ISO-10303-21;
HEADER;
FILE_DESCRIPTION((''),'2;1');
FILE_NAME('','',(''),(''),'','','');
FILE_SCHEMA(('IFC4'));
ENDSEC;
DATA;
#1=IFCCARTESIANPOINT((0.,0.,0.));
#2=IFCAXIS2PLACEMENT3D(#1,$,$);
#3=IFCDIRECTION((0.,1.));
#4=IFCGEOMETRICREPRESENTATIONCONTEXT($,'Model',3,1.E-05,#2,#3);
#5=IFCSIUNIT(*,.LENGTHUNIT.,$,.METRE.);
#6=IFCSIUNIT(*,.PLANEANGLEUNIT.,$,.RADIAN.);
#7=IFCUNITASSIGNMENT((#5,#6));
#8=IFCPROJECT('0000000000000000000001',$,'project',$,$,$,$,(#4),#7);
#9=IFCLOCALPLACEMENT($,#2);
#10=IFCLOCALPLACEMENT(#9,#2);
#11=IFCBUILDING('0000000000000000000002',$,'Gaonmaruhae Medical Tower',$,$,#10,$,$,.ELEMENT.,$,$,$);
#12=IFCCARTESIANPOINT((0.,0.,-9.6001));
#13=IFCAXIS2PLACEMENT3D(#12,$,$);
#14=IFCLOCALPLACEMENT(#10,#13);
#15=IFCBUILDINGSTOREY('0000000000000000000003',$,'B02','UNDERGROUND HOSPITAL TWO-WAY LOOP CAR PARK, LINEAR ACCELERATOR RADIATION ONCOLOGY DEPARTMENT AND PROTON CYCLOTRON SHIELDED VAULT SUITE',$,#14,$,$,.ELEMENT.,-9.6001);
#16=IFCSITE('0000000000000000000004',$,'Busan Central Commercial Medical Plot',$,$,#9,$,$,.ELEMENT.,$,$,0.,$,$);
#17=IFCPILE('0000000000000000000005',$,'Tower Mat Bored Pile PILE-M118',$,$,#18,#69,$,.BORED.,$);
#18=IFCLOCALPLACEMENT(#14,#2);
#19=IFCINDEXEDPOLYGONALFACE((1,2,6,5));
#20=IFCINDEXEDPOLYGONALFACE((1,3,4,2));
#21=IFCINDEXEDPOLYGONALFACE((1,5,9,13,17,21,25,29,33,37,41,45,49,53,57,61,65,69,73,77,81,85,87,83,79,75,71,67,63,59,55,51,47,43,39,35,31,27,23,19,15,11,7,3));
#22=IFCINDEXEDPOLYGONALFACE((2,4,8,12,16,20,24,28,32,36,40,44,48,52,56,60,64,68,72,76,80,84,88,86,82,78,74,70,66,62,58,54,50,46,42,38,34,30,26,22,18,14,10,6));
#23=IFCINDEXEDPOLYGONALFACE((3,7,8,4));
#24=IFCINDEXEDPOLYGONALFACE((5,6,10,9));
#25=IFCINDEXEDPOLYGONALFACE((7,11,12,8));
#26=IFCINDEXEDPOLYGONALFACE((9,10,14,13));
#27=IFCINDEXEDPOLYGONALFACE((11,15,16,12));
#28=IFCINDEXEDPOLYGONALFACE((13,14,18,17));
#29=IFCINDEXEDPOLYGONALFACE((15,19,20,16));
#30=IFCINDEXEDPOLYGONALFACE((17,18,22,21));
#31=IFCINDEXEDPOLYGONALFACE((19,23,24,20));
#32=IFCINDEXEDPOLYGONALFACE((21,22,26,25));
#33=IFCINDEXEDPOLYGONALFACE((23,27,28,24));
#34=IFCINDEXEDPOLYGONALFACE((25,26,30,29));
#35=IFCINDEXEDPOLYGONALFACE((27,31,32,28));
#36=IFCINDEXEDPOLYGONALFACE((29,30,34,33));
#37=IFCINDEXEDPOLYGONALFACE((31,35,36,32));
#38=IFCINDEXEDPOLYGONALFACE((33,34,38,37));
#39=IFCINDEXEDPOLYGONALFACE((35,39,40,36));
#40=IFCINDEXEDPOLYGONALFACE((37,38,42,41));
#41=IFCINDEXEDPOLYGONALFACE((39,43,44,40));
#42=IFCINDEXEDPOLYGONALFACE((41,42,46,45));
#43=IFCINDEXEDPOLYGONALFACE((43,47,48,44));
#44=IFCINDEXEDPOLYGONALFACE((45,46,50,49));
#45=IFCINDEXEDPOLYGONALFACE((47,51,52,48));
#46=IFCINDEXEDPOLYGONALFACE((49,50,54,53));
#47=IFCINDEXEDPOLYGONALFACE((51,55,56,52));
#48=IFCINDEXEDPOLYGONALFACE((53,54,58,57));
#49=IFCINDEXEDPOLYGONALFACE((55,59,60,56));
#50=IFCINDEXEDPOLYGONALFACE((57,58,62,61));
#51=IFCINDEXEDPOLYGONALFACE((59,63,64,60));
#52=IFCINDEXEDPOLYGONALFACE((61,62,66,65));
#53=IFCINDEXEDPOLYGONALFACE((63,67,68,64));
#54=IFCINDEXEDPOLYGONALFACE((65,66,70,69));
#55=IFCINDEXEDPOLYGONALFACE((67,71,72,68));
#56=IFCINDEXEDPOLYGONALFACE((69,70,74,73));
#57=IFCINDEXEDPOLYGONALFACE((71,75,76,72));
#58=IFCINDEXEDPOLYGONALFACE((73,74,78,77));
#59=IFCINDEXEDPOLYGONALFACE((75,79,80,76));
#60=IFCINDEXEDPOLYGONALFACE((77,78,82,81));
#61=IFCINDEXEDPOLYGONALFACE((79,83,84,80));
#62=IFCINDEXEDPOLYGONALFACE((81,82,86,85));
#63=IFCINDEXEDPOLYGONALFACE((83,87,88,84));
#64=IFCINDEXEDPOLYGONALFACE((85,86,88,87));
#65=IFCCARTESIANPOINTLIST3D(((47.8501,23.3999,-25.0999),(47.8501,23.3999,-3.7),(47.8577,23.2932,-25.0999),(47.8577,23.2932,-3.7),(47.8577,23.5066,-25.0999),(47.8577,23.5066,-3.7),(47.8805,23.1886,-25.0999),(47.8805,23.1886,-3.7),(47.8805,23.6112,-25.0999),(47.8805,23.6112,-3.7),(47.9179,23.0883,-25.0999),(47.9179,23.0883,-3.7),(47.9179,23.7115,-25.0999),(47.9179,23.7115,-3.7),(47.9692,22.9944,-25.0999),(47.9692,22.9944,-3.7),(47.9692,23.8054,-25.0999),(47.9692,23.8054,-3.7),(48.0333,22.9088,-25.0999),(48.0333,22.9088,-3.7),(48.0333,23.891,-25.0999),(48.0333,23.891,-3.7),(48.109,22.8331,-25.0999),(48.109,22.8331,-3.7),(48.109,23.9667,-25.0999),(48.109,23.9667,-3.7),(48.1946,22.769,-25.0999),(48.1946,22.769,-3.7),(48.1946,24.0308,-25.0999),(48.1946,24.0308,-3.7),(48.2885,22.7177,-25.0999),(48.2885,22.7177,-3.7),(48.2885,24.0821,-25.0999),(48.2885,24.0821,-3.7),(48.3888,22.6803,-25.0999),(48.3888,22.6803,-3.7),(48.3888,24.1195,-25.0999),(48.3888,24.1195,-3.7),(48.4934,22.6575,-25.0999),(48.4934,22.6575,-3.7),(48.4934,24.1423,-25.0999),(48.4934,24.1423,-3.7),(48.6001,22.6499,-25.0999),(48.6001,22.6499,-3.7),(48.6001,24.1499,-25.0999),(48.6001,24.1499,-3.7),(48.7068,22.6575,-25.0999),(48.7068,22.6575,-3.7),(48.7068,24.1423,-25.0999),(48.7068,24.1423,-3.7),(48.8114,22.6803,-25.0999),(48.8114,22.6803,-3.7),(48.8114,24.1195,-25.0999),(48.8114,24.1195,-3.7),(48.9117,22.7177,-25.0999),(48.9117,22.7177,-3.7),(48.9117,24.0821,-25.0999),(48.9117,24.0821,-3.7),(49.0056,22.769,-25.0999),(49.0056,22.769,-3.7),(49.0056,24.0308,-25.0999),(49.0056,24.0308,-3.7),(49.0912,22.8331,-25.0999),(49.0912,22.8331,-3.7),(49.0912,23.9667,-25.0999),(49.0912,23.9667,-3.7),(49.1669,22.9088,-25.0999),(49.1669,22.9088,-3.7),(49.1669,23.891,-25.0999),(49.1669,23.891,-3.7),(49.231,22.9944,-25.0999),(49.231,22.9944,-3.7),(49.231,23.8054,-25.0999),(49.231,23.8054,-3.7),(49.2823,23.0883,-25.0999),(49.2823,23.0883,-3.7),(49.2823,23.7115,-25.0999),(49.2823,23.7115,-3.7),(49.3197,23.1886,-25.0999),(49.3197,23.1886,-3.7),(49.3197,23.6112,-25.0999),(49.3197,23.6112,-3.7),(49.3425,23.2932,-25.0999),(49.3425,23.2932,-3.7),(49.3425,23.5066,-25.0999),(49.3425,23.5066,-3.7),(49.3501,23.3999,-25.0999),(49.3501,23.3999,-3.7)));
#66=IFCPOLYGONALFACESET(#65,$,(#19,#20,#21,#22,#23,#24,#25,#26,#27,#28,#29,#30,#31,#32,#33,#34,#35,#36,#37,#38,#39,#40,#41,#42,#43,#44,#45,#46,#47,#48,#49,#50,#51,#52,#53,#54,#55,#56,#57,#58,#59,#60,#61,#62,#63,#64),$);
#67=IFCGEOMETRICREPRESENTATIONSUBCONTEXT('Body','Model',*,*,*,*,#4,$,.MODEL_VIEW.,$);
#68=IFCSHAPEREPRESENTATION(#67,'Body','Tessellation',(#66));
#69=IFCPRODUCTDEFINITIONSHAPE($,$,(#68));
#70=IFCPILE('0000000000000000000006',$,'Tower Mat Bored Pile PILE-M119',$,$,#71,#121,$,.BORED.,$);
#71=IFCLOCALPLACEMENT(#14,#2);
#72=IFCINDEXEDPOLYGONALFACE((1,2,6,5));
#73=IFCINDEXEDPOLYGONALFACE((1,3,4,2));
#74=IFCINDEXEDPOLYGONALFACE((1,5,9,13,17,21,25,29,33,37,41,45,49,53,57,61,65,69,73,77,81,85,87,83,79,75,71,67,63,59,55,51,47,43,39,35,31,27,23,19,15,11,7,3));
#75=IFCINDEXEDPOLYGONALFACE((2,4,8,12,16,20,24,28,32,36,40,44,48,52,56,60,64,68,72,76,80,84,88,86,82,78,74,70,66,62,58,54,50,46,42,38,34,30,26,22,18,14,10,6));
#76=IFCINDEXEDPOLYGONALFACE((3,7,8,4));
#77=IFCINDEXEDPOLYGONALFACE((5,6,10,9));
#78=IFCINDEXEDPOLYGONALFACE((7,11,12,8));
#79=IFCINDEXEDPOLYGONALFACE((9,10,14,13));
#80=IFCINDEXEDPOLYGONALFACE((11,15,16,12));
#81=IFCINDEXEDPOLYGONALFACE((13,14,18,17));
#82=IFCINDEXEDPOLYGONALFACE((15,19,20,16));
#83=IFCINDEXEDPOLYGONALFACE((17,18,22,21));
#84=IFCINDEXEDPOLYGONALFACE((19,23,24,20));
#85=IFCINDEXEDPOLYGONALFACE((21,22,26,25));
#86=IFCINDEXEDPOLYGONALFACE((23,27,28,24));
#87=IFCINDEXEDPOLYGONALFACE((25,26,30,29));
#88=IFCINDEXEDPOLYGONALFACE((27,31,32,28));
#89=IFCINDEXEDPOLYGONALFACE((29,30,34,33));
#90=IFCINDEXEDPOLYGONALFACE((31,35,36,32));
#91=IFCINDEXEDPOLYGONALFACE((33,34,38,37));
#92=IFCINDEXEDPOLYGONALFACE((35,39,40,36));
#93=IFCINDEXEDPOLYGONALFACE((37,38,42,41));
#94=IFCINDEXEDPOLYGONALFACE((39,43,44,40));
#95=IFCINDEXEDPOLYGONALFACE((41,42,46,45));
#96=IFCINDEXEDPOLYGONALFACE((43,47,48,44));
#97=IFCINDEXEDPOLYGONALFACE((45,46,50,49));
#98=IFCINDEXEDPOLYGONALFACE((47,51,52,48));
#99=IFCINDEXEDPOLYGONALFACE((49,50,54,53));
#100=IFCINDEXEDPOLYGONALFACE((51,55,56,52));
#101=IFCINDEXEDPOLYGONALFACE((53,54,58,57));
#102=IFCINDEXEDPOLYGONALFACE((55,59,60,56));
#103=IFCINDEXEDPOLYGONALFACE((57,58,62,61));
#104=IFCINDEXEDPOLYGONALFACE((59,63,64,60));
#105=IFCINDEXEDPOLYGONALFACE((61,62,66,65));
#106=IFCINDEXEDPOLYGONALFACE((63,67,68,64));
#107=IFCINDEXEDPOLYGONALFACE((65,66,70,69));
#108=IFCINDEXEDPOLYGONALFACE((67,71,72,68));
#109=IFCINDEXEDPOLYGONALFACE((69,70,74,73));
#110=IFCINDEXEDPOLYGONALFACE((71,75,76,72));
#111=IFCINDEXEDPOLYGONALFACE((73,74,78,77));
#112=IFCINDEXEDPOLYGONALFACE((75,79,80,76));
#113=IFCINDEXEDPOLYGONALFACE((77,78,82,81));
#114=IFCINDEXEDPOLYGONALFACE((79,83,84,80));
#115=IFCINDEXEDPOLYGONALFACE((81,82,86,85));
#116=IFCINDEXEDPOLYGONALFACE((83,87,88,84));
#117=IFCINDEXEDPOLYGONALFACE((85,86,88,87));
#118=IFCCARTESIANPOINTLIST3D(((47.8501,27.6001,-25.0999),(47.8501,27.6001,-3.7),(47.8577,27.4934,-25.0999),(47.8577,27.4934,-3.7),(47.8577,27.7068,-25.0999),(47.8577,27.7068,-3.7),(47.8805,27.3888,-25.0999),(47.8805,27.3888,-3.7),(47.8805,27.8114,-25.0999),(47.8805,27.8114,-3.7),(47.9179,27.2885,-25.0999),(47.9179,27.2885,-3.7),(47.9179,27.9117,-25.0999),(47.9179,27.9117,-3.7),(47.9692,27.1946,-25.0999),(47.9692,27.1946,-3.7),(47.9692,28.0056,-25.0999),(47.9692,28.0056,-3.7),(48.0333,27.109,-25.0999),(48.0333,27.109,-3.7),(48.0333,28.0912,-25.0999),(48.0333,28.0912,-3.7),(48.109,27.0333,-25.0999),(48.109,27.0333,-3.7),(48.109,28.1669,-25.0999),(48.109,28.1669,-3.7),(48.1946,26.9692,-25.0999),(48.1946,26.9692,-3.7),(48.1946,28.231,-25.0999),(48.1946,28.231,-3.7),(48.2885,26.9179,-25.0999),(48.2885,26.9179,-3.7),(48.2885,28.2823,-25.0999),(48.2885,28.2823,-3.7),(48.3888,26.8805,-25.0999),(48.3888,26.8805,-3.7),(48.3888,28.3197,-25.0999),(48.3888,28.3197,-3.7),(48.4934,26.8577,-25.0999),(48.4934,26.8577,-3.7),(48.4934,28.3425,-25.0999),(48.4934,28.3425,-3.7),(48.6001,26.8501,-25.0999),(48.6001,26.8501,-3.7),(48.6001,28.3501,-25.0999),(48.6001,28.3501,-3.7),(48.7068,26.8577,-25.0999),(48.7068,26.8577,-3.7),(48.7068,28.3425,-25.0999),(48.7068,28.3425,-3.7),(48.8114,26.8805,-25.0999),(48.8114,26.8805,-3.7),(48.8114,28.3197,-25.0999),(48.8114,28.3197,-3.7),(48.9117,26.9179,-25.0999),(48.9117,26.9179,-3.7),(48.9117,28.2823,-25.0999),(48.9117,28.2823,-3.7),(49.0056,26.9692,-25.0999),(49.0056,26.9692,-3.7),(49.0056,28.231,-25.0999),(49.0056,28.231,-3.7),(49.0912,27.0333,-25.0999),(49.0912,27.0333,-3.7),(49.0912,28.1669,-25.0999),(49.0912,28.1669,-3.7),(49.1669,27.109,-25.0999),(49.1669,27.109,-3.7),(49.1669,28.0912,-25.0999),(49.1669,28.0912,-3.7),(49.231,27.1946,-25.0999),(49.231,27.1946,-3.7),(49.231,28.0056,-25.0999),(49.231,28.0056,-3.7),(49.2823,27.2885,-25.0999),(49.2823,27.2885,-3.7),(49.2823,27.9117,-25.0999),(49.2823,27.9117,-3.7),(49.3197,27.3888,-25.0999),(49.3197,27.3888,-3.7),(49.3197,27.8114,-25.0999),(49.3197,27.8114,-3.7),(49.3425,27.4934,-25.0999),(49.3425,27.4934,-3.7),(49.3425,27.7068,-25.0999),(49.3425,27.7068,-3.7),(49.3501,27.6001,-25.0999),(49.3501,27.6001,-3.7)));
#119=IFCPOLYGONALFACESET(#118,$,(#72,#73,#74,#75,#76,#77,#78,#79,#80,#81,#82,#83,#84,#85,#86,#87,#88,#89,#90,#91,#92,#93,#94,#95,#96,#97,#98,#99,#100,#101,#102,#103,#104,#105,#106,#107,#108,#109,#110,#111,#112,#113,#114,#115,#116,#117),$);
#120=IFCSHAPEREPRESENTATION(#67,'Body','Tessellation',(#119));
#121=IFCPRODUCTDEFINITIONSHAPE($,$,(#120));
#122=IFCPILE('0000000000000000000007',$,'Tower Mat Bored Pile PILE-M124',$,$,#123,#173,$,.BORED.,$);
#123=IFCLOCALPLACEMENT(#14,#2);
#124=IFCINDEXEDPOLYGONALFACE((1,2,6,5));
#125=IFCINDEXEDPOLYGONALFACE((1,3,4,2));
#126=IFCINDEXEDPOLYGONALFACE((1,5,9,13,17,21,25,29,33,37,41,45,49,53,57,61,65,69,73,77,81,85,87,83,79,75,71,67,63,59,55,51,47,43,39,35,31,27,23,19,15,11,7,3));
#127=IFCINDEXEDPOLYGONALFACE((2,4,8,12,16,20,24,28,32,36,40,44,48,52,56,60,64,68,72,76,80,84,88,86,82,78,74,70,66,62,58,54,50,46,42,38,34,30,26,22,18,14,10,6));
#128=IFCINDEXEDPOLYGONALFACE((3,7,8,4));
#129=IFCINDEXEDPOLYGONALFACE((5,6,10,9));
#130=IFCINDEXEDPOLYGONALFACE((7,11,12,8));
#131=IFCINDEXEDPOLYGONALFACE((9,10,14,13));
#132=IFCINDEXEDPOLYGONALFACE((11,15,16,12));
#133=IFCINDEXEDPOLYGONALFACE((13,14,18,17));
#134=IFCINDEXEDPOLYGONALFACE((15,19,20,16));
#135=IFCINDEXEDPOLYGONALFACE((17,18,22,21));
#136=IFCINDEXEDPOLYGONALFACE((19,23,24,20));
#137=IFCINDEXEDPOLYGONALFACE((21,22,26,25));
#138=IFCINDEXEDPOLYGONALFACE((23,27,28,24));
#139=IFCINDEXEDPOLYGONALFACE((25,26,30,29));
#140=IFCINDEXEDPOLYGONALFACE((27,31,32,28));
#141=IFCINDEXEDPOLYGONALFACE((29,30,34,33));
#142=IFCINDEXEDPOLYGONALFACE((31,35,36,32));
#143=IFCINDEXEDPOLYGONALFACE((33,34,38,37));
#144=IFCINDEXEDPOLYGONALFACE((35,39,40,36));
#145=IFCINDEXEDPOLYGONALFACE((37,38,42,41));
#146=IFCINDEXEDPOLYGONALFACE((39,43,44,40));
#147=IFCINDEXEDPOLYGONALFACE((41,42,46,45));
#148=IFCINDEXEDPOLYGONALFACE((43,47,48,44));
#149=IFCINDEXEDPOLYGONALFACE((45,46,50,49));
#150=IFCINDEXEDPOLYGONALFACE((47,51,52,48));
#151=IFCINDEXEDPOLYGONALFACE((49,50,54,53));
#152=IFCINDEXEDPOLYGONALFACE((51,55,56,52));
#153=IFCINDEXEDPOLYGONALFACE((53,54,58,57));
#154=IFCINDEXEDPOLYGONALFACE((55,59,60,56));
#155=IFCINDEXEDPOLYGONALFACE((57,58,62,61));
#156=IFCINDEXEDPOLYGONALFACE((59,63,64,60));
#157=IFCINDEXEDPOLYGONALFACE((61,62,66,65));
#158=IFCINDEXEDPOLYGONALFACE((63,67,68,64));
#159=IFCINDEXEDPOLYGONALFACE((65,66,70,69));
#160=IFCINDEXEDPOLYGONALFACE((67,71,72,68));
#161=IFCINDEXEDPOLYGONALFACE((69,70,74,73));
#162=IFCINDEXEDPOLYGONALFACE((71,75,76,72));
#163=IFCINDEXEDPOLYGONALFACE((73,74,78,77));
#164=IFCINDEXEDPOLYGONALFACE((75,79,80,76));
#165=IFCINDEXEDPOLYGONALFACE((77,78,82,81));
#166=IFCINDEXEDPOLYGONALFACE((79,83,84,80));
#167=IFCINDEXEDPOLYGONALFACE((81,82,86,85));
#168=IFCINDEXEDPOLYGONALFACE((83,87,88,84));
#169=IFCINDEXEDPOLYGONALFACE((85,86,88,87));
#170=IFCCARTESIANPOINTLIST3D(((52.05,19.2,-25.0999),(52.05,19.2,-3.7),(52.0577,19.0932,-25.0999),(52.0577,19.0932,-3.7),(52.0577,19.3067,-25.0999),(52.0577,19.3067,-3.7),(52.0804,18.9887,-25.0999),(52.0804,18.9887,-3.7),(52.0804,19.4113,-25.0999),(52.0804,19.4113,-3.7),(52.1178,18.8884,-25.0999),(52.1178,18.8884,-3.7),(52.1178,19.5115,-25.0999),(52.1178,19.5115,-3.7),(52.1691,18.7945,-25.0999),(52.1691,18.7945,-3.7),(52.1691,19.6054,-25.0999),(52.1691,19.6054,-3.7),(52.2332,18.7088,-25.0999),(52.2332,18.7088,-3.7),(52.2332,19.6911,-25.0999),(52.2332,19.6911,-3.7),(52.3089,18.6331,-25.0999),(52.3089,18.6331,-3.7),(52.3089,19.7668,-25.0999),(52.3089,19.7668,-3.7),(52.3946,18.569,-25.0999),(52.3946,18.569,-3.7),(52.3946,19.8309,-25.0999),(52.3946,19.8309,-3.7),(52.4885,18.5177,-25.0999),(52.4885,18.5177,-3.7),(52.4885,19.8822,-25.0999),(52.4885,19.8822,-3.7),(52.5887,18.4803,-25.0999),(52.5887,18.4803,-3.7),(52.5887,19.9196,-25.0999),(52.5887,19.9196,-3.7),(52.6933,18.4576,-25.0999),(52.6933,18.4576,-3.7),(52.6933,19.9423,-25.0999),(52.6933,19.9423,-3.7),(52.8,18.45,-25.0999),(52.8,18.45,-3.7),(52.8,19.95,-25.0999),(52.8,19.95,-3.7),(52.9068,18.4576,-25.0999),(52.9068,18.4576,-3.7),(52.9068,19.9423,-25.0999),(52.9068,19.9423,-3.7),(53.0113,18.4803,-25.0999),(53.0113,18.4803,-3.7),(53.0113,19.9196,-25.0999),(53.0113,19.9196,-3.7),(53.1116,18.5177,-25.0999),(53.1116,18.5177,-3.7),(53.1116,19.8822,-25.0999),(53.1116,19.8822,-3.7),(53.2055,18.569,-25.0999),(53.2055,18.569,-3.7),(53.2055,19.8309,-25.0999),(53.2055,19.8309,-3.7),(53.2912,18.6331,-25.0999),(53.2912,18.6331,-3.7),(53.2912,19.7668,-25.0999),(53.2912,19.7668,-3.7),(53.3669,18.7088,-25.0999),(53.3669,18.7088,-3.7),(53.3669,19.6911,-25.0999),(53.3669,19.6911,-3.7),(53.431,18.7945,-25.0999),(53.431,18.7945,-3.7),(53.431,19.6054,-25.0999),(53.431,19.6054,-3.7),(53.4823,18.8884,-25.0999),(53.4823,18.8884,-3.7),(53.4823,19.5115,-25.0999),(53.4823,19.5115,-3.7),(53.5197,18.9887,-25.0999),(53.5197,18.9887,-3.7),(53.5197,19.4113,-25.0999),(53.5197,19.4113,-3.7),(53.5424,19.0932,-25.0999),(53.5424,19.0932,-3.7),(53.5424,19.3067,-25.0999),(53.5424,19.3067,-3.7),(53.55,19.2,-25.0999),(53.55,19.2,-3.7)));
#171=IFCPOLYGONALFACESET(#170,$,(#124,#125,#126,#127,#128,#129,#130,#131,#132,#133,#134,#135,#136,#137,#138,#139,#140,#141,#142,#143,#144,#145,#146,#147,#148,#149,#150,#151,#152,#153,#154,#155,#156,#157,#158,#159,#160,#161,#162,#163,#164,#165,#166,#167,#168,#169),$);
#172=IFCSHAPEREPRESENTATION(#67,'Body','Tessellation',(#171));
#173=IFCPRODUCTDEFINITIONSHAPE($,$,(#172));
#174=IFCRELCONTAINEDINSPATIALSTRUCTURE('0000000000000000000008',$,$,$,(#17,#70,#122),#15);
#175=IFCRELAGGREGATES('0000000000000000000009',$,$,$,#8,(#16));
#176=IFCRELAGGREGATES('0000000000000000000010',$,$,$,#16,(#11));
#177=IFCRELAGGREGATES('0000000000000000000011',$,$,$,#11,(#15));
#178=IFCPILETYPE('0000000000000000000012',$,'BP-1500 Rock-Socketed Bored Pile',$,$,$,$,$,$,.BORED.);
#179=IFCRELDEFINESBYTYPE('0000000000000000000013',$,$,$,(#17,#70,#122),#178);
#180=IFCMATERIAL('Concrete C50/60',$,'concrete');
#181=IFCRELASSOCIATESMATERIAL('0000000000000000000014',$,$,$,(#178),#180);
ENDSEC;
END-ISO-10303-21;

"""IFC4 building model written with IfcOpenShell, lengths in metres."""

from ifc_helpers import new_model, si_unit, direction, frame, origin, origin_2d, place, context, subcontext, project, spatial, circle, extrude, material, material_profile, profile_set, type_object, element, save


model = new_model("IFC4")

# Units and contexts
model_context = context("Model", 3, precision=1e-05, world=origin(), true_north=direction((0.0, 1.0)))
body_context = subcontext(model_context, "Body", "Model", "MODEL_VIEW")
ifc_project = project(units=[si_unit("LENGTHUNIT", "METRE"), si_unit("PLANEANGLEUNIT", "RADIAN")], contexts=[model_context])

# Site, building, storey
site_placement = place(None, origin())
site = spatial("IfcSite", under=ifc_project, at=site_placement, Name="Busan Central Commercial Medical Plot", CompositionType="ELEMENT", RefElevation=0.0)
building_placement = place(site_placement, origin())
building = spatial("IfcBuilding", under=site, at=building_placement, Name="Gaonmaruhae Medical Tower", CompositionType="ELEMENT")
storey_placement = place(building_placement, frame((0.0, 0.0, -9.6001)))
storey = spatial("IfcBuildingStorey", under=building, at=storey_placement, Name="B02", Description="UNDERGROUND HOSPITAL TWO-WAY LOOP CAR PARK, LINEAR ACCELERATOR RADIATION ONCOLOGY DEPARTMENT AND PROTON CYCLOTRON SHIELDED VAULT SUITE", CompositionType="ELEMENT", Elevation=-9.6001)

# Piles
ifc_material_1 = material(Name="Concrete C50/60", Category="concrete")
ifc_material_profile_1 = material_profile(ifc_material_1, circle(Radius=0.75, at=origin_2d()), Name="PILE-D1500")
ifc_profile_set_1 = profile_set([ifc_material_profile_1], Name="Concrete C50/60")
pile_type = type_object("IfcPileType", Name="BP-1500 Rock-Socketed Bored Pile", PredefinedType="BORED", material=ifc_profile_set_1)
for number, where, z_axis, x_axis, name in (
    (1, (48.6001, 23.3999, -3.7), (0.0, 0.0, -1.0), (1.0, 0.0, 0.0), "Tower Mat Bored Pile PILE-M118"),
    (2, (48.6001, 27.6001, -3.7), (0.0, 0.0, -1.0), (1.0, 0.0, 0.0), "Tower Mat Bored Pile PILE-M119"),
    (3, (52.8, 19.2, -3.7), (0.0, 0.0, -1.0), (1.0, 0.0, 0.0), "Tower Mat Bored Pile PILE-M124"),
):
    element("IfcPile", number, at=place(storey_placement, frame(where, z_axis=z_axis, x_axis=x_axis)), inside=storey, type_object=pile_type, Name=name, PredefinedType="BORED", context=body_context, shape_type="SweptSolid", body=[
        extrude(circle(Radius=0.75, at=origin_2d()), origin(), (0.0, 0.0, 1.0), 21.3999),
    ])

save(model, "model.ifc")
